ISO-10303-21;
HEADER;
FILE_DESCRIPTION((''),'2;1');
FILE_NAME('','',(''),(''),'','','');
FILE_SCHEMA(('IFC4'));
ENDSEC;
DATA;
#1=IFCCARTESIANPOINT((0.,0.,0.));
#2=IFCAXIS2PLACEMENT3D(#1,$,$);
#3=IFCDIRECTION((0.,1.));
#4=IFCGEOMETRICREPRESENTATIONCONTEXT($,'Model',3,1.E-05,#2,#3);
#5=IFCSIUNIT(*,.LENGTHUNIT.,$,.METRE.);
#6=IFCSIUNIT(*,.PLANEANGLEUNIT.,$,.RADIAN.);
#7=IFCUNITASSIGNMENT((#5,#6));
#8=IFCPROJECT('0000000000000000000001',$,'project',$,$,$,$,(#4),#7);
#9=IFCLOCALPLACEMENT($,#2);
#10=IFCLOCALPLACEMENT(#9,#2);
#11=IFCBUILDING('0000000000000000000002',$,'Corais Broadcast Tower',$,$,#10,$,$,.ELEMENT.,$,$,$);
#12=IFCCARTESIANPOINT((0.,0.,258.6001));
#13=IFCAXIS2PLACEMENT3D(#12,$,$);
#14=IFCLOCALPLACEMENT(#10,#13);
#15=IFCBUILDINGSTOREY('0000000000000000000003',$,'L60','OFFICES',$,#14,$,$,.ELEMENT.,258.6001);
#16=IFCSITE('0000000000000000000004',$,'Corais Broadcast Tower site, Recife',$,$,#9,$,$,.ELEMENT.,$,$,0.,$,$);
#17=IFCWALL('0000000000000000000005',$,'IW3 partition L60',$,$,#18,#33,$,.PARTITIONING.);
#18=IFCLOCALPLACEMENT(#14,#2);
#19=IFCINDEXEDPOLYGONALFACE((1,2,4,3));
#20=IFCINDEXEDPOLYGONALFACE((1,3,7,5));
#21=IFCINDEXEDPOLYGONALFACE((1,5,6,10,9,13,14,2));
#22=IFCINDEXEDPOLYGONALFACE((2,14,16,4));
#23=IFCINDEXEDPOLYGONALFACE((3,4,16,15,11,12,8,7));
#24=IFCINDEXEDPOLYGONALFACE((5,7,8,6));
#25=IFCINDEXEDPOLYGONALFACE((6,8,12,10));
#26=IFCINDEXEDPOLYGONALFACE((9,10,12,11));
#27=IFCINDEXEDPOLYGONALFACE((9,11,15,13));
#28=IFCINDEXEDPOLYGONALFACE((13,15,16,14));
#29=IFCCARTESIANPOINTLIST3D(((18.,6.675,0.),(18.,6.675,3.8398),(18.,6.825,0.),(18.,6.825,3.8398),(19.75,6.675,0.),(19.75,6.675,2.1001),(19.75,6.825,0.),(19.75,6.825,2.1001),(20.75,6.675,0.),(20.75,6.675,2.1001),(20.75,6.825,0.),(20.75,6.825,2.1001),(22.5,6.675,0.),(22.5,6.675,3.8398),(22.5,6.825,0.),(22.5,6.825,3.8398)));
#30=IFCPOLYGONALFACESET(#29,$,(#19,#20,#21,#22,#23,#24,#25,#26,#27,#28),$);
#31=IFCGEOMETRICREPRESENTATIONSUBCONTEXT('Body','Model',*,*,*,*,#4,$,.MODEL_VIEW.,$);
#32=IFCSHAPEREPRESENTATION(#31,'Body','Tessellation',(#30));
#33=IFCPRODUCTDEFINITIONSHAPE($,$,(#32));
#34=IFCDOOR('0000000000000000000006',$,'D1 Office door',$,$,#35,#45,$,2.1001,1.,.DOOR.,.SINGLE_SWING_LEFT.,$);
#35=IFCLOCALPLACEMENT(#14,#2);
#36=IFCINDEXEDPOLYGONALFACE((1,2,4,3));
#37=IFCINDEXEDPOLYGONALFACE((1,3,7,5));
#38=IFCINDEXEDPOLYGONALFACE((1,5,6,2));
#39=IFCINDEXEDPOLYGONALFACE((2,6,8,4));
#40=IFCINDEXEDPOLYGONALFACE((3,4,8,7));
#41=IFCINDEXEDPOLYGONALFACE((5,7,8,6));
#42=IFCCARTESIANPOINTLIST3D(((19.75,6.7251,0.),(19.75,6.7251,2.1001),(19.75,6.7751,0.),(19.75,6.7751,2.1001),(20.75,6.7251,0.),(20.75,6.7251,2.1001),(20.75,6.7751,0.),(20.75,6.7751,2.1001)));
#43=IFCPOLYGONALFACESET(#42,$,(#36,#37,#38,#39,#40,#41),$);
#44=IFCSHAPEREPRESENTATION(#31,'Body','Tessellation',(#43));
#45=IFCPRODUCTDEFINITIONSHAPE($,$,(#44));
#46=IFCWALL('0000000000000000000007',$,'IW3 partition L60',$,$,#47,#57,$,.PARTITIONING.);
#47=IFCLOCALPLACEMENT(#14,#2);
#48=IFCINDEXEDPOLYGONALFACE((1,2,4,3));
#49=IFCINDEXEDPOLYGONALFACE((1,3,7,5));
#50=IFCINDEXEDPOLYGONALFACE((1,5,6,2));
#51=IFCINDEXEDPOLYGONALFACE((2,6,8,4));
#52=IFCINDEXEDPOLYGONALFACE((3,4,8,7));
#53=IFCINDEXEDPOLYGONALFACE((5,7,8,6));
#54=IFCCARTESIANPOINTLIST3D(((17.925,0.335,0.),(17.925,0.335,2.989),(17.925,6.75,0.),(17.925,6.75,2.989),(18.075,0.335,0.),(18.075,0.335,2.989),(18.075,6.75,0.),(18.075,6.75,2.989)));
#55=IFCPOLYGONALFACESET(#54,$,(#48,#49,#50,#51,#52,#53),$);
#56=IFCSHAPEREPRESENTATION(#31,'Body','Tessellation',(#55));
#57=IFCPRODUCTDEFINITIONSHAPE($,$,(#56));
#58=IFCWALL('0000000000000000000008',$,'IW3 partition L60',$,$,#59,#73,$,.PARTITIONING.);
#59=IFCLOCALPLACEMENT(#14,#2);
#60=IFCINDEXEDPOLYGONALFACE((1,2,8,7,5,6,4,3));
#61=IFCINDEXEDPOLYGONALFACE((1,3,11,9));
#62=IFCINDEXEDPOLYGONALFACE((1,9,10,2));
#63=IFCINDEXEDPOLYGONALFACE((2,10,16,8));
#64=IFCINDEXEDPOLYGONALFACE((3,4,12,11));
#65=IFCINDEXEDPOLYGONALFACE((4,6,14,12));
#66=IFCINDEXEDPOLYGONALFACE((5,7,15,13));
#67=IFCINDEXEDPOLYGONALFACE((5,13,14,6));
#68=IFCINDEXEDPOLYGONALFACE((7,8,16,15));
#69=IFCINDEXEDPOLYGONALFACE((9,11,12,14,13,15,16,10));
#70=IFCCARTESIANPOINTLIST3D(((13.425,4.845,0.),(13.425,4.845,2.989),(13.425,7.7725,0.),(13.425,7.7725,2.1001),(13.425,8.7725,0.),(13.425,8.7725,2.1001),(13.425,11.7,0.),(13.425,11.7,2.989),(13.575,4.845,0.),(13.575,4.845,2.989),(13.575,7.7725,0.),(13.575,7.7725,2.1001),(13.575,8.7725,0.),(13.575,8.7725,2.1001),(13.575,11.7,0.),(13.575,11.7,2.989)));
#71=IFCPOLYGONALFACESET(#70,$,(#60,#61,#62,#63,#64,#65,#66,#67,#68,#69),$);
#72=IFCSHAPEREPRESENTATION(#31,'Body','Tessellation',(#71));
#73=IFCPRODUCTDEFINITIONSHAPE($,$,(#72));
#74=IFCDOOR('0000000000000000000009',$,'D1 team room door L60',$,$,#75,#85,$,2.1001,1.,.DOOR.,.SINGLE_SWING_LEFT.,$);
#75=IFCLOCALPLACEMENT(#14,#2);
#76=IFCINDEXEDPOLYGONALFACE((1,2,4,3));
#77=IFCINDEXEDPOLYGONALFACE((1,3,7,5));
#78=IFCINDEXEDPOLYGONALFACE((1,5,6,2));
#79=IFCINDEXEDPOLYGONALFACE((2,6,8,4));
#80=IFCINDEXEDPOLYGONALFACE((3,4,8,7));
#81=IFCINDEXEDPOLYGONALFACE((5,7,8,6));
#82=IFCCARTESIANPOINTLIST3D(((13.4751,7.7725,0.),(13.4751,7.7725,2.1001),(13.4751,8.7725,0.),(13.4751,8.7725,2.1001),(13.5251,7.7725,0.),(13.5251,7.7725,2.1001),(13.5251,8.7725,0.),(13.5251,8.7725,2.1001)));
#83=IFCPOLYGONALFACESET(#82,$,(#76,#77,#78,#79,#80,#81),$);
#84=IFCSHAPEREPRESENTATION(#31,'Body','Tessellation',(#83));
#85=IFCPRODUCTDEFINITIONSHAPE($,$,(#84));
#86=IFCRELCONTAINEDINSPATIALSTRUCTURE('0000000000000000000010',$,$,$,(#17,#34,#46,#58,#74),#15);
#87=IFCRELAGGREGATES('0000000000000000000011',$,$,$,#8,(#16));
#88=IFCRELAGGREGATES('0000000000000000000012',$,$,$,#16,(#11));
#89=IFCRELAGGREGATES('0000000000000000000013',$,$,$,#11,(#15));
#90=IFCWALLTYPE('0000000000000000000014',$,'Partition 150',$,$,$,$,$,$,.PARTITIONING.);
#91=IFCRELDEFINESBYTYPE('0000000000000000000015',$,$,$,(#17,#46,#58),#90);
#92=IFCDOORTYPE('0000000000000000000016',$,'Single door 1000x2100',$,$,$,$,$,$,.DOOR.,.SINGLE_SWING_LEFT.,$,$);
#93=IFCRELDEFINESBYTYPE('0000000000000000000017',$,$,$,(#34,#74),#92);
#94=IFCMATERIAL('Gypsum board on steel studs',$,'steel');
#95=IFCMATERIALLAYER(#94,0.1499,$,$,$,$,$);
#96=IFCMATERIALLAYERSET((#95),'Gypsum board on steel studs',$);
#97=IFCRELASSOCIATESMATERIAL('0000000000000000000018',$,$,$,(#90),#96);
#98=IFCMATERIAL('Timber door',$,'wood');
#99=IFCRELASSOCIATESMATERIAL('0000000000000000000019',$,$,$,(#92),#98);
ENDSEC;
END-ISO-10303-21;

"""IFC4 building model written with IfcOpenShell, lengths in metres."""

from ifc_helpers import new_model, si_unit, direction, frame, frame_2d, origin, place, context, subcontext, project, spatial, rectangle, extrude, material, layer, layer_set, type_object, element, fill, save


model = new_model("IFC4")

# Units and contexts
model_context = context("Model", 3, precision=1e-05, world=origin(), true_north=direction((0.0, 1.0)))
body_context = subcontext(model_context, "Body", "Model", "MODEL_VIEW")
ifc_project = project(units=[si_unit("LENGTHUNIT", "METRE"), si_unit("PLANEANGLEUNIT", "RADIAN")], contexts=[model_context])

# Site, building, storey
site_placement = place(None, origin())
site = spatial("IfcSite", under=ifc_project, at=site_placement, Name="Corais Broadcast Tower site, Recife", CompositionType="ELEMENT", RefElevation=0.0)
building_placement = place(site_placement, origin())
building = spatial("IfcBuilding", under=site, at=building_placement, Name="Corais Broadcast Tower", CompositionType="ELEMENT")
storey_placement = place(building_placement, frame((0.0, 0.0, 258.6001)))
storey = spatial("IfcBuildingStorey", under=building, at=storey_placement, Name="L60", Description="OFFICES", CompositionType="ELEMENT", Elevation=258.6001)

# Shared definitions
ifc_material_1 = material(Name="Gypsum board on steel studs", Category="steel")
ifc_layer_1 = layer(ifc_material_1, 0.1499)
ifc_layer_set_1 = layer_set([ifc_layer_1], Name="Gypsum board on steel studs")
wall_type = type_object("IfcWallType", Name="Partition 150", PredefinedType="PARTITIONING", material=ifc_layer_set_1)

# Wall, opening, door
wall_1_placement = place(storey_placement, frame((22.5, 6.75, 0.0), z_axis=(0.0, 0.0, 1.0), x_axis=(-1.0, 0.0, 0.0)))
wall_1 = element("IfcWall", 1, at=wall_1_placement, inside=storey, type_object=wall_type, Name="IW3 partition L60", PredefinedType="PARTITIONING", context=body_context, shape_type="SweptSolid", body=[
    extrude(rectangle(XDim=4.5, YDim=0.1499, at=frame_2d((2.25, 0.0))), origin(), (0.0, 0.0, 1.0), 3.8398),
])
opening_1_placement = place(wall_1_placement, frame((1.75, 0.0, 0.0)))
opening_1 = element("IfcOpeningElement", 2, at=opening_1_placement, cuts=wall_1, PredefinedType="OPENING", context=body_context, shape_type="SweptSolid", body=[
    extrude(rectangle(XDim=1.0, YDim=2.1001, at=frame_2d((0.5, 1.05))), frame((0.0, 0.085, 0.0), z_axis=(0.0, -1.0, 0.0), x_axis=(1.0, 0.0, 0.0)), (0.0, 0.0, 1.0), 0.1699),
])
ifc_material_2 = material(Name="Timber door", Category="wood")
door_type = type_object("IfcDoorType", Name="Single door 1000x2100", OperationType="SINGLE_SWING_LEFT", PredefinedType="DOOR", material=ifc_material_2)
door_1_placement = place(opening_1_placement, origin())
door_1 = element("IfcDoor", 3, at=door_1_placement, inside=storey, type_object=door_type, Name="D1 Office door", OperationType="SINGLE_SWING_LEFT", OverallHeight=2.1001, OverallWidth=1.0, PredefinedType="DOOR", context=body_context, shape_type="SweptSolid", body=[
    extrude(rectangle(XDim=1.0, YDim=2.1001, at=frame_2d((0.5, 1.05))), frame((0.0, 0.0249, 0.0), z_axis=(0.0, -1.0, 0.0), x_axis=(1.0, 0.0, 0.0)), (0.0, 0.0, 1.0), 0.05),
])
fill(opening_1, door_1)

# Wall
wall_2_placement = place(storey_placement, frame((18.0, 6.75, 0.0), z_axis=(0.0, 0.0, 1.0), x_axis=(0.0, -1.0, 0.0)))
element("IfcWall", 4, at=wall_2_placement, inside=storey, type_object=wall_type, Name="IW3 partition L60", PredefinedType="PARTITIONING", context=body_context, shape_type="SweptSolid", body=[
    extrude(rectangle(XDim=6.415, YDim=0.1499, at=frame_2d((3.2075, 0.0))), origin(), (0.0, 0.0, 1.0), 2.989),
])

# Wall, opening, door
wall_3_placement = place(storey_placement, frame((13.5, 4.845, 0.0), z_axis=(0.0, 0.0, 1.0), x_axis=(0.0, 1.0, 0.0)))
wall_3 = element("IfcWall", 5, at=wall_3_placement, inside=storey, type_object=wall_type, Name="IW3 partition L60", PredefinedType="PARTITIONING", context=body_context, shape_type="SweptSolid", body=[
    extrude(rectangle(XDim=6.855, YDim=0.1499, at=frame_2d((3.4275, 0.0))), origin(), (0.0, 0.0, 1.0), 2.989),
])
opening_2_placement = place(wall_3_placement, frame((2.9275, 0.0, 0.0)))
opening_2 = element("IfcOpeningElement", 6, at=opening_2_placement, cuts=wall_3, PredefinedType="OPENING", context=body_context, shape_type="SweptSolid", body=[
    extrude(rectangle(XDim=1.0, YDim=2.1001, at=frame_2d((0.5, 1.05))), frame((0.0, 0.085, 0.0), z_axis=(0.0, -1.0, 0.0), x_axis=(1.0, 0.0, 0.0)), (0.0, 0.0, 1.0), 0.1699),
])
door_2_placement = place(opening_2_placement, origin())
door_2 = element("IfcDoor", 7, at=door_2_placement, inside=storey, type_object=door_type, Name="D1 team room door L60", OperationType="SINGLE_SWING_LEFT", OverallHeight=2.1001, OverallWidth=1.0, PredefinedType="DOOR", context=body_context, shape_type="SweptSolid", body=[
    extrude(rectangle(XDim=1.0, YDim=2.1001, at=frame_2d((0.5, 1.05))), frame((0.0, 0.0249, 0.0), z_axis=(0.0, -1.0, 0.0), x_axis=(1.0, 0.0, 0.0)), (0.0, 0.0, 1.0), 0.05),
])
fill(opening_2, door_2)

save(model, "model.ifc")
